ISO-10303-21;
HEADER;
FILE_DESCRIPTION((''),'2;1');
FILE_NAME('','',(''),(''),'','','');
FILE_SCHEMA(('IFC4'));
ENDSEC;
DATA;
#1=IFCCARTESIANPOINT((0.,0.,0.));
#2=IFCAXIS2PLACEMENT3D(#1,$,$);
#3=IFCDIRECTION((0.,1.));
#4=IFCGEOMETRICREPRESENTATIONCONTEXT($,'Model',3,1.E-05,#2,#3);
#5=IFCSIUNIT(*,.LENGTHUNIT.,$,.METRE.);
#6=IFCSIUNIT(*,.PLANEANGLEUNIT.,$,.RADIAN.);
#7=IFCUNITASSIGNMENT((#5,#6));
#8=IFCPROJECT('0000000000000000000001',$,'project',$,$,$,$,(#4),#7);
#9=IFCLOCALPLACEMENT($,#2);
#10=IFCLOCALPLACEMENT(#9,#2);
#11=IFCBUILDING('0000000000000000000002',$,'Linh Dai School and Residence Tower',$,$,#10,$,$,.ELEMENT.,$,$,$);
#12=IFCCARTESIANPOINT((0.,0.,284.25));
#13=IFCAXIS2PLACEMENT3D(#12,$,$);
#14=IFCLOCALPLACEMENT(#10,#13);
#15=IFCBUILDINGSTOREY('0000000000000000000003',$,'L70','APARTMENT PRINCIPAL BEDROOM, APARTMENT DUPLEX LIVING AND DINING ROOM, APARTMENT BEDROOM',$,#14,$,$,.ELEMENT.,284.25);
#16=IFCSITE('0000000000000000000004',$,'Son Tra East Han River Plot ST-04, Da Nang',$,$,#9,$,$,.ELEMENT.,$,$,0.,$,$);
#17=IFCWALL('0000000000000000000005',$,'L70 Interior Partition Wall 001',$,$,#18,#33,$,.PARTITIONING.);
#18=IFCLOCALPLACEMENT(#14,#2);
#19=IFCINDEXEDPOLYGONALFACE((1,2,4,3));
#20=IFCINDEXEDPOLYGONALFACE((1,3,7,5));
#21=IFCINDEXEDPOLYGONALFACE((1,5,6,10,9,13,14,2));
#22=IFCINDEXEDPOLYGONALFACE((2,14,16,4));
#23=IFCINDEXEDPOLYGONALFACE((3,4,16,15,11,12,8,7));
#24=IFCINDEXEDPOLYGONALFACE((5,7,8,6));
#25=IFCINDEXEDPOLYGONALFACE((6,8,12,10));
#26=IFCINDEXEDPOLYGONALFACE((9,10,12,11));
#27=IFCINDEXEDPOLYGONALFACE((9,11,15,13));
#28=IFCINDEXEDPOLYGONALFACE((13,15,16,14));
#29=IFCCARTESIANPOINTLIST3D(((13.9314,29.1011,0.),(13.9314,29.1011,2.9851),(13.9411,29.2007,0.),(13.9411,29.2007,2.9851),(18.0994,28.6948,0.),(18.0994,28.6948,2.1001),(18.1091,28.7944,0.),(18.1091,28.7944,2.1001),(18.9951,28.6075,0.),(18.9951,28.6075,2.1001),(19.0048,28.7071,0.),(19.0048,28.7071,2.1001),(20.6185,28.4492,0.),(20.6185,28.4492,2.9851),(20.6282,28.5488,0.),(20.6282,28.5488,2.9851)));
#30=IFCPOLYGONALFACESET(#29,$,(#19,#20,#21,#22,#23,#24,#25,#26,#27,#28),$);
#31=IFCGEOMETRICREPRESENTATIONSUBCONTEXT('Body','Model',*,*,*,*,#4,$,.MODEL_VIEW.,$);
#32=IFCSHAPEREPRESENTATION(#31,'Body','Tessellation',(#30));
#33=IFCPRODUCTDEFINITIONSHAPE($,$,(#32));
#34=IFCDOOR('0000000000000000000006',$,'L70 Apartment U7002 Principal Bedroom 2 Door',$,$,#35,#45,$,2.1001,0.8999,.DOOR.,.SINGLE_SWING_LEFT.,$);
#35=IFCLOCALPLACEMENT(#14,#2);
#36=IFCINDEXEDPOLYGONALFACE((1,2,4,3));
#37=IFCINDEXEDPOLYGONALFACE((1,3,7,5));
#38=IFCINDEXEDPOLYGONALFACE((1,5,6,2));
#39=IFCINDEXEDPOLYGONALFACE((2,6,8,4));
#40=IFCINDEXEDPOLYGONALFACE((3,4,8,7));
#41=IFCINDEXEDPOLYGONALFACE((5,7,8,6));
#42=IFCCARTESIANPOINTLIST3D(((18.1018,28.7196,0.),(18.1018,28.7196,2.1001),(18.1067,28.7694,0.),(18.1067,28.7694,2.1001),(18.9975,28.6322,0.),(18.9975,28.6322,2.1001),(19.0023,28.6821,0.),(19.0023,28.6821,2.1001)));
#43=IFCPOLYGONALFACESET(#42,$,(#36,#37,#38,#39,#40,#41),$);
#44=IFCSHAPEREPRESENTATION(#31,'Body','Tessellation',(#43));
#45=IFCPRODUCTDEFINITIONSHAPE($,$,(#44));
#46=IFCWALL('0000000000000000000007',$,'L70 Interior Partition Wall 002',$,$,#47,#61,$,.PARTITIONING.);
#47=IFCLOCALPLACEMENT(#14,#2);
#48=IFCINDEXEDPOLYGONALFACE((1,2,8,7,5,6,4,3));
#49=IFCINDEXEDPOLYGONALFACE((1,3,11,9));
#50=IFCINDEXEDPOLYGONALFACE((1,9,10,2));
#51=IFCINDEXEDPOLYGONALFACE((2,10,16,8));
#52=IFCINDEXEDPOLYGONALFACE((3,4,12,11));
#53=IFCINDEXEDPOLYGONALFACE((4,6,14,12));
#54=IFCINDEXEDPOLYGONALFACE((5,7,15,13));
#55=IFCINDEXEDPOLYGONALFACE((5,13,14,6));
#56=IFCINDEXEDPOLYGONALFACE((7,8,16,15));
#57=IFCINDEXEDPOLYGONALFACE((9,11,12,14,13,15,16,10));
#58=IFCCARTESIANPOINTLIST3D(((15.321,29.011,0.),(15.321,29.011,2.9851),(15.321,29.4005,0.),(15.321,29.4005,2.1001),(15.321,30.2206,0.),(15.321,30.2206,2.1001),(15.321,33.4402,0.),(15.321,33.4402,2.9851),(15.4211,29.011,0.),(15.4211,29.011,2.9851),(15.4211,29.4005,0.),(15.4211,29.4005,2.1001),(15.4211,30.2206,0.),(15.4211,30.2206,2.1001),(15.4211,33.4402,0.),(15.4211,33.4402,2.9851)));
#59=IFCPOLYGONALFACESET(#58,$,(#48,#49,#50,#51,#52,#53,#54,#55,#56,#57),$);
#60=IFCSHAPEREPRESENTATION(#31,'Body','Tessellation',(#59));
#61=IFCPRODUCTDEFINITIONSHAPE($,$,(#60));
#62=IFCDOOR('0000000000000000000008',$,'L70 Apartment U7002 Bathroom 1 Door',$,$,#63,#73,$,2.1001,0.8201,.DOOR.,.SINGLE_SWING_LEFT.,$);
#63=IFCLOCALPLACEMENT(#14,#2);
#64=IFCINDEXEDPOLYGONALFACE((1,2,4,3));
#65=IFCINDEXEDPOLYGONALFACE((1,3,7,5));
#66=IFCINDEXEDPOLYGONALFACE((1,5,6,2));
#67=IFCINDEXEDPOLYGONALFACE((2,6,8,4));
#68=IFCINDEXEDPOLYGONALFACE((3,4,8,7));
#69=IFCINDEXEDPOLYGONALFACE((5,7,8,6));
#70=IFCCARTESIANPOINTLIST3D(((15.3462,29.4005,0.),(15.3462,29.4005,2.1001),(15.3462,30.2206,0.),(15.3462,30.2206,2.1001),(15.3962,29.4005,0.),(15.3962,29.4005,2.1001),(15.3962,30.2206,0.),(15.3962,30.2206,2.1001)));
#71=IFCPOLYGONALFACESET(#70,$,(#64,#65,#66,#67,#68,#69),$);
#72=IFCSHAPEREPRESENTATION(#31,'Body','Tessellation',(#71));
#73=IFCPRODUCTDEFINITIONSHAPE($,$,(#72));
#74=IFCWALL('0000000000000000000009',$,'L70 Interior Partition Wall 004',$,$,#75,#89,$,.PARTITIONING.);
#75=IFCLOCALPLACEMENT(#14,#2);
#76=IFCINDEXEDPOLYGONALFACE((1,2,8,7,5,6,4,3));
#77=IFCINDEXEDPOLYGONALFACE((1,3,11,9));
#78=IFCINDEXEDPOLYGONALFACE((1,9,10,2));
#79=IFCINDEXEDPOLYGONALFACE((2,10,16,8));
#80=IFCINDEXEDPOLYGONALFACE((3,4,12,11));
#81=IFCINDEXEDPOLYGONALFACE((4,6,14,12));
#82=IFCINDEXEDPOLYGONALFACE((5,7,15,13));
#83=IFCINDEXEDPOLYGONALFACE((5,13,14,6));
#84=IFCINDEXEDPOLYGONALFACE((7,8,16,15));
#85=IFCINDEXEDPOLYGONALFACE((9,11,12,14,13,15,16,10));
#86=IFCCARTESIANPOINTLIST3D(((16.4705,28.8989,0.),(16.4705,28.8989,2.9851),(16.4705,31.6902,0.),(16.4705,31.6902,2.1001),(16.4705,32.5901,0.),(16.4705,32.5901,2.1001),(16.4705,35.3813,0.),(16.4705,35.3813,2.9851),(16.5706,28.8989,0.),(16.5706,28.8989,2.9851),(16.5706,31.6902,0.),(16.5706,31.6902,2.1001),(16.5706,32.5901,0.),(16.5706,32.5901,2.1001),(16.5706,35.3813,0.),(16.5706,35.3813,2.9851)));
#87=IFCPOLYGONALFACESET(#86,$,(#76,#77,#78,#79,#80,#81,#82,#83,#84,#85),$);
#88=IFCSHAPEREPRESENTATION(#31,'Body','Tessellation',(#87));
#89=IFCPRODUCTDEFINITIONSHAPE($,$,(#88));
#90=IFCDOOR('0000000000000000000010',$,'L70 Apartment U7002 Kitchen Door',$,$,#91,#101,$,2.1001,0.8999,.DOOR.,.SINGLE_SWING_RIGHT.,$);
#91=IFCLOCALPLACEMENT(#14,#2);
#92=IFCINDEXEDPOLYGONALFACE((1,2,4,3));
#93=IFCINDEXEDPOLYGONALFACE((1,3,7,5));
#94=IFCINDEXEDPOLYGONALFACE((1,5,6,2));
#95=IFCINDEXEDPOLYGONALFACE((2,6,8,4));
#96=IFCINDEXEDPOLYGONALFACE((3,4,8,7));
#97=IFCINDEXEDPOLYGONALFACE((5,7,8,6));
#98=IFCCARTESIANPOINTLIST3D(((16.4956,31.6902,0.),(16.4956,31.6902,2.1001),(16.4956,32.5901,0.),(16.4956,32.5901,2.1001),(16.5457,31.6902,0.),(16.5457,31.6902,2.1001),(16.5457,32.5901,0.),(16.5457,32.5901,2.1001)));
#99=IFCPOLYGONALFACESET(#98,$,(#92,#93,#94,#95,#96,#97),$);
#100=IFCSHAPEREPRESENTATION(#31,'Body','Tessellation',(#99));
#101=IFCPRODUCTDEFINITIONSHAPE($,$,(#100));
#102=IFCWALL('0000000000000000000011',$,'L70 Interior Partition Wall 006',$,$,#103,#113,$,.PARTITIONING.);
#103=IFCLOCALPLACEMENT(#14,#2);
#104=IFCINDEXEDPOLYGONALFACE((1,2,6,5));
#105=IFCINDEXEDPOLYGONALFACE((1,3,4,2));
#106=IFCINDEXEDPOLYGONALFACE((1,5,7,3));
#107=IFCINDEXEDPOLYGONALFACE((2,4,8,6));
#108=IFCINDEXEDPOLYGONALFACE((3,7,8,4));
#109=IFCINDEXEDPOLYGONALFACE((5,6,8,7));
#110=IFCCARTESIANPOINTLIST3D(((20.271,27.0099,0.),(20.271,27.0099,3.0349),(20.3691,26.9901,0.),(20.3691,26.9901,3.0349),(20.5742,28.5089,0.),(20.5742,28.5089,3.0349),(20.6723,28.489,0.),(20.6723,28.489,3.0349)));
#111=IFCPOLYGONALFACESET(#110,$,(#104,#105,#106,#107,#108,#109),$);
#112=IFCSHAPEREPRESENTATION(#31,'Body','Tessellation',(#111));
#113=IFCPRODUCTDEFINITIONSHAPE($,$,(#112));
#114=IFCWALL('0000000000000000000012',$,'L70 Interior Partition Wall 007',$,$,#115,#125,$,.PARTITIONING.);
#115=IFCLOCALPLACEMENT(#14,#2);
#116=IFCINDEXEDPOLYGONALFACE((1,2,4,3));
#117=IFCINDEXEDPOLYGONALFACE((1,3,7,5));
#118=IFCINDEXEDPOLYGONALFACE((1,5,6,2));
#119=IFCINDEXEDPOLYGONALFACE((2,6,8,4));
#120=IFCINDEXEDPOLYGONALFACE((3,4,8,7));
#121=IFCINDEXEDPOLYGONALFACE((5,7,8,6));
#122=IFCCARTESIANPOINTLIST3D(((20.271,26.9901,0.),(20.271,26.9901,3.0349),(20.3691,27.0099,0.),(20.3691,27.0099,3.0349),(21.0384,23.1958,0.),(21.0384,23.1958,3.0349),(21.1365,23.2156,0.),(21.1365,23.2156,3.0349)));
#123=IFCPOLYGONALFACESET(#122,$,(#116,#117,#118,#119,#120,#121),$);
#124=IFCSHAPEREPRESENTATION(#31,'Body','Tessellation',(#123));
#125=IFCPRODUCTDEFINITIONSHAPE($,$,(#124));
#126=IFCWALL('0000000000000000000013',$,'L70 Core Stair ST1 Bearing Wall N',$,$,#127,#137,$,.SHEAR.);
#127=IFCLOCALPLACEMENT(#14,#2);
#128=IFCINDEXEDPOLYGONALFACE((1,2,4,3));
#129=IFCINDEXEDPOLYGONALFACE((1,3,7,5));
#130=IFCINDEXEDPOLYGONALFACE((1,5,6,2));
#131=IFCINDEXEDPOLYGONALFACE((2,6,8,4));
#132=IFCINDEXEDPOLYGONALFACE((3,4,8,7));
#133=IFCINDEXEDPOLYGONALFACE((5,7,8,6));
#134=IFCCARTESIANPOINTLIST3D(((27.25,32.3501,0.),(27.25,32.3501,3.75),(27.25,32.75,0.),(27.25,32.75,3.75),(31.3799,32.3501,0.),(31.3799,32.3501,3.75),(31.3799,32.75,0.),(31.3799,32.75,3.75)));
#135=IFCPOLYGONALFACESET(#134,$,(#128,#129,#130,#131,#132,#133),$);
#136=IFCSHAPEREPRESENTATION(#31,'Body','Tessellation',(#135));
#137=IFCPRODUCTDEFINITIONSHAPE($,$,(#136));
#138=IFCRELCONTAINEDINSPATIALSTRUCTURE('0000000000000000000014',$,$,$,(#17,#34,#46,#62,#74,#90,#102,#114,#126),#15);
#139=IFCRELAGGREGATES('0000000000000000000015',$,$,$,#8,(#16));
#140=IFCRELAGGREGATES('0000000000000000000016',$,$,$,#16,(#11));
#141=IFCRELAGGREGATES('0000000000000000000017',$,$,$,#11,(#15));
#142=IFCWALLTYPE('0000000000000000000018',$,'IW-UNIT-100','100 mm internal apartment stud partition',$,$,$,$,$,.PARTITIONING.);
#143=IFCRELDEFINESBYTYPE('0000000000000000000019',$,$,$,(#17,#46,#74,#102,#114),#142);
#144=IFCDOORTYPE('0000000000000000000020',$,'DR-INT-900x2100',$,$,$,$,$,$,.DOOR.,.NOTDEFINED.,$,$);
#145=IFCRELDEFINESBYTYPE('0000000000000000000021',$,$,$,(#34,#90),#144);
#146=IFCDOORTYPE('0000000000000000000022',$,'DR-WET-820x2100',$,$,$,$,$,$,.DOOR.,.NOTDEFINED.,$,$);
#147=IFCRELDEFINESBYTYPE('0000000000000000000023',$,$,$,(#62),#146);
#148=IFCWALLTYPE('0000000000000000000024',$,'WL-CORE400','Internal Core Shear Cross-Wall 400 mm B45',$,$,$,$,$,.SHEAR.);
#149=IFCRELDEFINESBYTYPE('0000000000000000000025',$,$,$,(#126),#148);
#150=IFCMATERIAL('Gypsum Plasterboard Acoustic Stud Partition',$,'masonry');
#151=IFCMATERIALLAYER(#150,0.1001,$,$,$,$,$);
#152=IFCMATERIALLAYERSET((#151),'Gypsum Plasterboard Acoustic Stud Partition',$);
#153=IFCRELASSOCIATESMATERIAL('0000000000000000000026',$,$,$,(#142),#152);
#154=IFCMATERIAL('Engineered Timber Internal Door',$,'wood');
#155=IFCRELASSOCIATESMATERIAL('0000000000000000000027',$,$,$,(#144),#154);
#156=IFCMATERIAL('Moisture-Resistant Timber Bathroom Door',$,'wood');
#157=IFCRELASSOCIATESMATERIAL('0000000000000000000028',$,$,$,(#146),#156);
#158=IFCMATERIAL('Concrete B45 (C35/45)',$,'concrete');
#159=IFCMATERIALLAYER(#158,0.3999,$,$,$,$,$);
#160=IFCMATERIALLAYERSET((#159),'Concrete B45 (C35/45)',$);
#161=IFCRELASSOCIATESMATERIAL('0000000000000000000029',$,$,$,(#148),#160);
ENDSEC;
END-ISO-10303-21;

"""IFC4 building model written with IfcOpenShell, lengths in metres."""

from ifc_helpers import new_model, si_unit, direction, frame, frame_2d, origin, origin_2d, place, context, subcontext, project, spatial, rectangle, extrude, source, transform, mapped, material, layer, layer_set, type_object, element, fill, save


model = new_model("IFC4")

# Units and contexts
model_context = context("Model", 3, precision=1e-05, world=origin(), true_north=direction((0.0, 1.0)))
body_context = subcontext(model_context, "Body", "Model", "MODEL_VIEW")
ifc_project = project(units=[si_unit("LENGTHUNIT", "METRE"), si_unit("PLANEANGLEUNIT", "RADIAN")], contexts=[model_context])

# Site, building, storey
site_placement = place(None, origin())
site = spatial("IfcSite", under=ifc_project, at=site_placement, Name="Son Tra East Han River Plot ST-04, Da Nang", CompositionType="ELEMENT", RefElevation=0.0)
building_placement = place(site_placement, origin())
building = spatial("IfcBuilding", under=site, at=building_placement, Name="Linh Dai School and Residence Tower", CompositionType="ELEMENT")
storey_placement = place(building_placement, frame((0.0, 0.0, 284.25)))
storey = spatial("IfcBuildingStorey", under=building, at=storey_placement, Name="L70", Description="APARTMENT PRINCIPAL BEDROOM, APARTMENT DUPLEX LIVING AND DINING ROOM, APARTMENT BEDROOM", CompositionType="ELEMENT", Elevation=284.25)

# Shared definitions
ifc_material_1 = material(Name="Concrete B45 (C35/45)", Category="concrete")

# Walls, openings, doors
ifc_material_2 = material(Name="Gypsum Plasterboard Acoustic Stud Partition", Category="masonry")
ifc_layer_1 = layer(ifc_material_2, 0.1001)
ifc_layer_set_1 = layer_set([ifc_layer_1], Name="Gypsum Plasterboard Acoustic Stud Partition")
wall_type_1 = type_object("IfcWallType", Name="IW-UNIT-100", Description="100 mm internal apartment stud partition", PredefinedType="PARTITIONING", material=ifc_layer_set_1)
wall_1_placement = place(storey_placement, frame((13.9363, 29.1509, 0.0), z_axis=(0.0, 0.0, 1.0), x_axis=(0.995282, -0.097021, 0.0)))
wall_1 = element("IfcWall", 1, at=wall_1_placement, inside=storey, type_object=wall_type_1, Name="L70 Interior Partition Wall 001", PredefinedType="PARTITIONING", context=body_context, shape_type="SweptSolid", body=[
    extrude(rectangle(XDim=6.7188, YDim=0.1001, at=frame_2d((3.3594, 0.0))), origin(), (0.0, 0.0, 1.0), 2.9851),
])
opening_1_placement = place(wall_1_placement, frame((4.1877, 0.0, 0.0)))
opening_1 = element("IfcOpeningElement", 2, at=opening_1_placement, cuts=wall_1, PredefinedType="OPENING", context=body_context, shape_type="SweptSolid", body=[
    extrude(rectangle(XDim=0.8999, YDim=2.1001, at=origin_2d()), frame((0.45, 0.0601, 1.05), z_axis=(0.0, -1.0, 0.0), x_axis=(1.0, 0.0, 0.0)), (0.0, 0.0, 1.0), 0.1201),
])
ifc_material_3 = material(Name="Engineered Timber Internal Door", Category="wood")
door_type_1 = type_object("IfcDoorType", Name="DR-INT-900x2100", OperationType="NOTDEFINED", PredefinedType="DOOR", material=ifc_material_3)
shared_shape_1 = source(origin(), body_context, "Body", "SweptSolid", [
    extrude(rectangle(XDim=0.8999, YDim=2.1001, at=origin_2d()), frame((0.45, 0.0249, 1.05), z_axis=(0.0, -1.0, 0.0), x_axis=(1.0, 0.0, 0.0)), (0.0, 0.0, 1.0), 0.05),
])
door_1_placement = place(opening_1_placement, origin())
door_1 = element("IfcDoor", 3, at=door_1_placement, inside=storey, type_object=door_type_1, Name="L70 Apartment U7002 Principal Bedroom 2 Door", OperationType="SINGLE_SWING_LEFT", OverallHeight=2.1001, OverallWidth=0.8999, PredefinedType="DOOR", context=body_context, shape_type="MappedRepresentation", body=[
    mapped(shared_shape_1, transform((0.0, 0.0, 0.0), x_axis=(1.0, 0.0, 0.0), y_axis=(0.0, 1.0, 0.0), z_axis=(0.0, 0.0, 1.0), scale=1.0)),
])
fill(opening_1, door_1)
wall_2_placement = place(storey_placement, frame((15.3711, 29.011, 0.0), z_axis=(0.0, 0.0, 1.0), x_axis=(0.0, 1.0, 0.0)))
wall_2 = element("IfcWall", 4, at=wall_2_placement, inside=storey, type_object=wall_type_1, Name="L70 Interior Partition Wall 002", PredefinedType="PARTITIONING", context=body_context, shape_type="SweptSolid", body=[
    extrude(rectangle(XDim=4.4292, YDim=0.1001, at=frame_2d((2.2146, 0.0))), origin(), (0.0, 0.0, 1.0), 2.9851),
])
opening_2_placement = place(wall_2_placement, frame((0.3894, 0.0, 0.0)))
opening_2 = element("IfcOpeningElement", 5, at=opening_2_placement, cuts=wall_2, PredefinedType="OPENING", context=body_context, shape_type="SweptSolid", body=[
    extrude(rectangle(XDim=0.8201, YDim=2.1001, at=origin_2d()), frame((0.4102, 0.0601, 1.05), z_axis=(0.0, -1.0, 0.0), x_axis=(1.0, 0.0, 0.0)), (0.0, 0.0, 1.0), 0.1201),
])
ifc_material_4 = material(Name="Moisture-Resistant Timber Bathroom Door", Category="wood")
door_type_2 = type_object("IfcDoorType", Name="DR-WET-820x2100", OperationType="NOTDEFINED", PredefinedType="DOOR", material=ifc_material_4)
shared_shape_2 = source(origin(), body_context, "Body", "SweptSolid", [
    extrude(rectangle(XDim=0.8201, YDim=2.1001, at=origin_2d()), frame((0.4102, 0.0249, 1.05), z_axis=(0.0, -1.0, 0.0), x_axis=(1.0, 0.0, 0.0)), (0.0, 0.0, 1.0), 0.05),
])
door_2_placement = place(opening_2_placement, origin())
door_2 = element("IfcDoor", 6, at=door_2_placement, inside=storey, type_object=door_type_2, Name="L70 Apartment U7002 Bathroom 1 Door", OperationType="SINGLE_SWING_LEFT", OverallHeight=2.1001, OverallWidth=0.8201, PredefinedType="DOOR", context=body_context, shape_type="MappedRepresentation", body=[
    mapped(shared_shape_2, transform((0.0, 0.0, 0.0), x_axis=(1.0, 0.0, 0.0), y_axis=(0.0, 1.0, 0.0), z_axis=(0.0, 0.0, 1.0), scale=1.0)),
])
fill(opening_2, door_2)
wall_3_placement = place(storey_placement, frame((16.5205, 28.8989, 0.0), z_axis=(0.0, 0.0, 1.0), x_axis=(0.0, 1.0, 0.0)))
wall_3 = element("IfcWall", 7, at=wall_3_placement, inside=storey, type_object=wall_type_1, Name="L70 Interior Partition Wall 004", PredefinedType="PARTITIONING", context=body_context, shape_type="SweptSolid", body=[
    extrude(rectangle(XDim=6.4824, YDim=0.1001, at=frame_2d((3.2412, 0.0))), origin(), (0.0, 0.0, 1.0), 2.9851),
])
opening_3_placement = place(wall_3_placement, frame((2.7913, 0.0, 0.0)))
opening_3 = element("IfcOpeningElement", 8, at=opening_3_placement, cuts=wall_3, PredefinedType="OPENING", context=body_context, shape_type="SweptSolid", body=[
    extrude(rectangle(XDim=0.8999, YDim=2.1001, at=origin_2d()), frame((0.45, 0.0601, 1.05), z_axis=(0.0, -1.0, 0.0), x_axis=(1.0, 0.0, 0.0)), (0.0, 0.0, 1.0), 0.1201),
])
door_3_placement = place(opening_3_placement, origin())
door_3 = element("IfcDoor", 9, at=door_3_placement, inside=storey, type_object=door_type_1, Name="L70 Apartment U7002 Kitchen Door", OperationType="SINGLE_SWING_RIGHT", OverallHeight=2.1001, OverallWidth=0.8999, PredefinedType="DOOR", context=body_context, shape_type="MappedRepresentation", body=[
    mapped(shared_shape_1, transform((0.0, 0.0, 0.0), x_axis=(1.0, 0.0, 0.0), y_axis=(0.0, 1.0, 0.0), z_axis=(0.0, 0.0, 1.0), scale=1.0)),
])
fill(opening_3, door_3)

# Walls
wall_4_placement = place(storey_placement, frame((20.3201, 27.0, 0.0), z_axis=(0.0, 0.0, 1.0), x_axis=(0.198265, 0.980149, 0.0)))
element("IfcWall", 10, at=wall_4_placement, inside=storey, type_object=wall_type_1, Name="L70 Interior Partition Wall 006", PredefinedType="PARTITIONING", context=body_context, shape_type="SweptSolid", body=[
    extrude(rectangle(XDim=1.5293, YDim=0.1001, at=frame_2d((0.7646, 0.0))), origin(), (0.0, 0.0, 1.0), 3.0349),
])
wall_5_placement = place(storey_placement, frame((20.3201, 27.0, 0.0), z_axis=(0.0, 0.0, 1.0), x_axis=(0.198226, -0.980156, 0.0)))
element("IfcWall", 11, at=wall_5_placement, inside=storey, type_object=wall_type_1, Name="L70 Interior Partition Wall 007", PredefinedType="PARTITIONING", context=body_context, shape_type="SweptSolid", body=[
    extrude(rectangle(XDim=3.8711, YDim=0.1001, at=frame_2d((1.9355, 0.0))), origin(), (0.0, 0.0, 1.0), 3.0349),
])
ifc_layer_2 = layer(ifc_material_1, 0.3999)
ifc_layer_set_2 = layer_set([ifc_layer_2], Name="Concrete B45 (C35/45)")
wall_type_2 = type_object("IfcWallType", Name="WL-CORE400", Description="Internal Core Shear Cross-Wall 400 mm B45", PredefinedType="SHEAR", material=ifc_layer_set_2)
wall_6_placement = place(storey_placement, frame((27.25, 32.55, 0.0), z_axis=(0.0, 0.0, 1.0), x_axis=(1.0, 0.0, 0.0)))
element("IfcWall", 12, at=wall_6_placement, inside=storey, type_object=wall_type_2, Name="L70 Core Stair ST1 Bearing Wall N", PredefinedType="SHEAR", context=body_context, shape_type="SweptSolid", body=[
    extrude(rectangle(XDim=4.1299, YDim=0.3999, at=frame_2d((2.0649, 0.0))), origin(), (0.0, 0.0, 1.0), 3.75),
])

save(model, "model.ifc")
